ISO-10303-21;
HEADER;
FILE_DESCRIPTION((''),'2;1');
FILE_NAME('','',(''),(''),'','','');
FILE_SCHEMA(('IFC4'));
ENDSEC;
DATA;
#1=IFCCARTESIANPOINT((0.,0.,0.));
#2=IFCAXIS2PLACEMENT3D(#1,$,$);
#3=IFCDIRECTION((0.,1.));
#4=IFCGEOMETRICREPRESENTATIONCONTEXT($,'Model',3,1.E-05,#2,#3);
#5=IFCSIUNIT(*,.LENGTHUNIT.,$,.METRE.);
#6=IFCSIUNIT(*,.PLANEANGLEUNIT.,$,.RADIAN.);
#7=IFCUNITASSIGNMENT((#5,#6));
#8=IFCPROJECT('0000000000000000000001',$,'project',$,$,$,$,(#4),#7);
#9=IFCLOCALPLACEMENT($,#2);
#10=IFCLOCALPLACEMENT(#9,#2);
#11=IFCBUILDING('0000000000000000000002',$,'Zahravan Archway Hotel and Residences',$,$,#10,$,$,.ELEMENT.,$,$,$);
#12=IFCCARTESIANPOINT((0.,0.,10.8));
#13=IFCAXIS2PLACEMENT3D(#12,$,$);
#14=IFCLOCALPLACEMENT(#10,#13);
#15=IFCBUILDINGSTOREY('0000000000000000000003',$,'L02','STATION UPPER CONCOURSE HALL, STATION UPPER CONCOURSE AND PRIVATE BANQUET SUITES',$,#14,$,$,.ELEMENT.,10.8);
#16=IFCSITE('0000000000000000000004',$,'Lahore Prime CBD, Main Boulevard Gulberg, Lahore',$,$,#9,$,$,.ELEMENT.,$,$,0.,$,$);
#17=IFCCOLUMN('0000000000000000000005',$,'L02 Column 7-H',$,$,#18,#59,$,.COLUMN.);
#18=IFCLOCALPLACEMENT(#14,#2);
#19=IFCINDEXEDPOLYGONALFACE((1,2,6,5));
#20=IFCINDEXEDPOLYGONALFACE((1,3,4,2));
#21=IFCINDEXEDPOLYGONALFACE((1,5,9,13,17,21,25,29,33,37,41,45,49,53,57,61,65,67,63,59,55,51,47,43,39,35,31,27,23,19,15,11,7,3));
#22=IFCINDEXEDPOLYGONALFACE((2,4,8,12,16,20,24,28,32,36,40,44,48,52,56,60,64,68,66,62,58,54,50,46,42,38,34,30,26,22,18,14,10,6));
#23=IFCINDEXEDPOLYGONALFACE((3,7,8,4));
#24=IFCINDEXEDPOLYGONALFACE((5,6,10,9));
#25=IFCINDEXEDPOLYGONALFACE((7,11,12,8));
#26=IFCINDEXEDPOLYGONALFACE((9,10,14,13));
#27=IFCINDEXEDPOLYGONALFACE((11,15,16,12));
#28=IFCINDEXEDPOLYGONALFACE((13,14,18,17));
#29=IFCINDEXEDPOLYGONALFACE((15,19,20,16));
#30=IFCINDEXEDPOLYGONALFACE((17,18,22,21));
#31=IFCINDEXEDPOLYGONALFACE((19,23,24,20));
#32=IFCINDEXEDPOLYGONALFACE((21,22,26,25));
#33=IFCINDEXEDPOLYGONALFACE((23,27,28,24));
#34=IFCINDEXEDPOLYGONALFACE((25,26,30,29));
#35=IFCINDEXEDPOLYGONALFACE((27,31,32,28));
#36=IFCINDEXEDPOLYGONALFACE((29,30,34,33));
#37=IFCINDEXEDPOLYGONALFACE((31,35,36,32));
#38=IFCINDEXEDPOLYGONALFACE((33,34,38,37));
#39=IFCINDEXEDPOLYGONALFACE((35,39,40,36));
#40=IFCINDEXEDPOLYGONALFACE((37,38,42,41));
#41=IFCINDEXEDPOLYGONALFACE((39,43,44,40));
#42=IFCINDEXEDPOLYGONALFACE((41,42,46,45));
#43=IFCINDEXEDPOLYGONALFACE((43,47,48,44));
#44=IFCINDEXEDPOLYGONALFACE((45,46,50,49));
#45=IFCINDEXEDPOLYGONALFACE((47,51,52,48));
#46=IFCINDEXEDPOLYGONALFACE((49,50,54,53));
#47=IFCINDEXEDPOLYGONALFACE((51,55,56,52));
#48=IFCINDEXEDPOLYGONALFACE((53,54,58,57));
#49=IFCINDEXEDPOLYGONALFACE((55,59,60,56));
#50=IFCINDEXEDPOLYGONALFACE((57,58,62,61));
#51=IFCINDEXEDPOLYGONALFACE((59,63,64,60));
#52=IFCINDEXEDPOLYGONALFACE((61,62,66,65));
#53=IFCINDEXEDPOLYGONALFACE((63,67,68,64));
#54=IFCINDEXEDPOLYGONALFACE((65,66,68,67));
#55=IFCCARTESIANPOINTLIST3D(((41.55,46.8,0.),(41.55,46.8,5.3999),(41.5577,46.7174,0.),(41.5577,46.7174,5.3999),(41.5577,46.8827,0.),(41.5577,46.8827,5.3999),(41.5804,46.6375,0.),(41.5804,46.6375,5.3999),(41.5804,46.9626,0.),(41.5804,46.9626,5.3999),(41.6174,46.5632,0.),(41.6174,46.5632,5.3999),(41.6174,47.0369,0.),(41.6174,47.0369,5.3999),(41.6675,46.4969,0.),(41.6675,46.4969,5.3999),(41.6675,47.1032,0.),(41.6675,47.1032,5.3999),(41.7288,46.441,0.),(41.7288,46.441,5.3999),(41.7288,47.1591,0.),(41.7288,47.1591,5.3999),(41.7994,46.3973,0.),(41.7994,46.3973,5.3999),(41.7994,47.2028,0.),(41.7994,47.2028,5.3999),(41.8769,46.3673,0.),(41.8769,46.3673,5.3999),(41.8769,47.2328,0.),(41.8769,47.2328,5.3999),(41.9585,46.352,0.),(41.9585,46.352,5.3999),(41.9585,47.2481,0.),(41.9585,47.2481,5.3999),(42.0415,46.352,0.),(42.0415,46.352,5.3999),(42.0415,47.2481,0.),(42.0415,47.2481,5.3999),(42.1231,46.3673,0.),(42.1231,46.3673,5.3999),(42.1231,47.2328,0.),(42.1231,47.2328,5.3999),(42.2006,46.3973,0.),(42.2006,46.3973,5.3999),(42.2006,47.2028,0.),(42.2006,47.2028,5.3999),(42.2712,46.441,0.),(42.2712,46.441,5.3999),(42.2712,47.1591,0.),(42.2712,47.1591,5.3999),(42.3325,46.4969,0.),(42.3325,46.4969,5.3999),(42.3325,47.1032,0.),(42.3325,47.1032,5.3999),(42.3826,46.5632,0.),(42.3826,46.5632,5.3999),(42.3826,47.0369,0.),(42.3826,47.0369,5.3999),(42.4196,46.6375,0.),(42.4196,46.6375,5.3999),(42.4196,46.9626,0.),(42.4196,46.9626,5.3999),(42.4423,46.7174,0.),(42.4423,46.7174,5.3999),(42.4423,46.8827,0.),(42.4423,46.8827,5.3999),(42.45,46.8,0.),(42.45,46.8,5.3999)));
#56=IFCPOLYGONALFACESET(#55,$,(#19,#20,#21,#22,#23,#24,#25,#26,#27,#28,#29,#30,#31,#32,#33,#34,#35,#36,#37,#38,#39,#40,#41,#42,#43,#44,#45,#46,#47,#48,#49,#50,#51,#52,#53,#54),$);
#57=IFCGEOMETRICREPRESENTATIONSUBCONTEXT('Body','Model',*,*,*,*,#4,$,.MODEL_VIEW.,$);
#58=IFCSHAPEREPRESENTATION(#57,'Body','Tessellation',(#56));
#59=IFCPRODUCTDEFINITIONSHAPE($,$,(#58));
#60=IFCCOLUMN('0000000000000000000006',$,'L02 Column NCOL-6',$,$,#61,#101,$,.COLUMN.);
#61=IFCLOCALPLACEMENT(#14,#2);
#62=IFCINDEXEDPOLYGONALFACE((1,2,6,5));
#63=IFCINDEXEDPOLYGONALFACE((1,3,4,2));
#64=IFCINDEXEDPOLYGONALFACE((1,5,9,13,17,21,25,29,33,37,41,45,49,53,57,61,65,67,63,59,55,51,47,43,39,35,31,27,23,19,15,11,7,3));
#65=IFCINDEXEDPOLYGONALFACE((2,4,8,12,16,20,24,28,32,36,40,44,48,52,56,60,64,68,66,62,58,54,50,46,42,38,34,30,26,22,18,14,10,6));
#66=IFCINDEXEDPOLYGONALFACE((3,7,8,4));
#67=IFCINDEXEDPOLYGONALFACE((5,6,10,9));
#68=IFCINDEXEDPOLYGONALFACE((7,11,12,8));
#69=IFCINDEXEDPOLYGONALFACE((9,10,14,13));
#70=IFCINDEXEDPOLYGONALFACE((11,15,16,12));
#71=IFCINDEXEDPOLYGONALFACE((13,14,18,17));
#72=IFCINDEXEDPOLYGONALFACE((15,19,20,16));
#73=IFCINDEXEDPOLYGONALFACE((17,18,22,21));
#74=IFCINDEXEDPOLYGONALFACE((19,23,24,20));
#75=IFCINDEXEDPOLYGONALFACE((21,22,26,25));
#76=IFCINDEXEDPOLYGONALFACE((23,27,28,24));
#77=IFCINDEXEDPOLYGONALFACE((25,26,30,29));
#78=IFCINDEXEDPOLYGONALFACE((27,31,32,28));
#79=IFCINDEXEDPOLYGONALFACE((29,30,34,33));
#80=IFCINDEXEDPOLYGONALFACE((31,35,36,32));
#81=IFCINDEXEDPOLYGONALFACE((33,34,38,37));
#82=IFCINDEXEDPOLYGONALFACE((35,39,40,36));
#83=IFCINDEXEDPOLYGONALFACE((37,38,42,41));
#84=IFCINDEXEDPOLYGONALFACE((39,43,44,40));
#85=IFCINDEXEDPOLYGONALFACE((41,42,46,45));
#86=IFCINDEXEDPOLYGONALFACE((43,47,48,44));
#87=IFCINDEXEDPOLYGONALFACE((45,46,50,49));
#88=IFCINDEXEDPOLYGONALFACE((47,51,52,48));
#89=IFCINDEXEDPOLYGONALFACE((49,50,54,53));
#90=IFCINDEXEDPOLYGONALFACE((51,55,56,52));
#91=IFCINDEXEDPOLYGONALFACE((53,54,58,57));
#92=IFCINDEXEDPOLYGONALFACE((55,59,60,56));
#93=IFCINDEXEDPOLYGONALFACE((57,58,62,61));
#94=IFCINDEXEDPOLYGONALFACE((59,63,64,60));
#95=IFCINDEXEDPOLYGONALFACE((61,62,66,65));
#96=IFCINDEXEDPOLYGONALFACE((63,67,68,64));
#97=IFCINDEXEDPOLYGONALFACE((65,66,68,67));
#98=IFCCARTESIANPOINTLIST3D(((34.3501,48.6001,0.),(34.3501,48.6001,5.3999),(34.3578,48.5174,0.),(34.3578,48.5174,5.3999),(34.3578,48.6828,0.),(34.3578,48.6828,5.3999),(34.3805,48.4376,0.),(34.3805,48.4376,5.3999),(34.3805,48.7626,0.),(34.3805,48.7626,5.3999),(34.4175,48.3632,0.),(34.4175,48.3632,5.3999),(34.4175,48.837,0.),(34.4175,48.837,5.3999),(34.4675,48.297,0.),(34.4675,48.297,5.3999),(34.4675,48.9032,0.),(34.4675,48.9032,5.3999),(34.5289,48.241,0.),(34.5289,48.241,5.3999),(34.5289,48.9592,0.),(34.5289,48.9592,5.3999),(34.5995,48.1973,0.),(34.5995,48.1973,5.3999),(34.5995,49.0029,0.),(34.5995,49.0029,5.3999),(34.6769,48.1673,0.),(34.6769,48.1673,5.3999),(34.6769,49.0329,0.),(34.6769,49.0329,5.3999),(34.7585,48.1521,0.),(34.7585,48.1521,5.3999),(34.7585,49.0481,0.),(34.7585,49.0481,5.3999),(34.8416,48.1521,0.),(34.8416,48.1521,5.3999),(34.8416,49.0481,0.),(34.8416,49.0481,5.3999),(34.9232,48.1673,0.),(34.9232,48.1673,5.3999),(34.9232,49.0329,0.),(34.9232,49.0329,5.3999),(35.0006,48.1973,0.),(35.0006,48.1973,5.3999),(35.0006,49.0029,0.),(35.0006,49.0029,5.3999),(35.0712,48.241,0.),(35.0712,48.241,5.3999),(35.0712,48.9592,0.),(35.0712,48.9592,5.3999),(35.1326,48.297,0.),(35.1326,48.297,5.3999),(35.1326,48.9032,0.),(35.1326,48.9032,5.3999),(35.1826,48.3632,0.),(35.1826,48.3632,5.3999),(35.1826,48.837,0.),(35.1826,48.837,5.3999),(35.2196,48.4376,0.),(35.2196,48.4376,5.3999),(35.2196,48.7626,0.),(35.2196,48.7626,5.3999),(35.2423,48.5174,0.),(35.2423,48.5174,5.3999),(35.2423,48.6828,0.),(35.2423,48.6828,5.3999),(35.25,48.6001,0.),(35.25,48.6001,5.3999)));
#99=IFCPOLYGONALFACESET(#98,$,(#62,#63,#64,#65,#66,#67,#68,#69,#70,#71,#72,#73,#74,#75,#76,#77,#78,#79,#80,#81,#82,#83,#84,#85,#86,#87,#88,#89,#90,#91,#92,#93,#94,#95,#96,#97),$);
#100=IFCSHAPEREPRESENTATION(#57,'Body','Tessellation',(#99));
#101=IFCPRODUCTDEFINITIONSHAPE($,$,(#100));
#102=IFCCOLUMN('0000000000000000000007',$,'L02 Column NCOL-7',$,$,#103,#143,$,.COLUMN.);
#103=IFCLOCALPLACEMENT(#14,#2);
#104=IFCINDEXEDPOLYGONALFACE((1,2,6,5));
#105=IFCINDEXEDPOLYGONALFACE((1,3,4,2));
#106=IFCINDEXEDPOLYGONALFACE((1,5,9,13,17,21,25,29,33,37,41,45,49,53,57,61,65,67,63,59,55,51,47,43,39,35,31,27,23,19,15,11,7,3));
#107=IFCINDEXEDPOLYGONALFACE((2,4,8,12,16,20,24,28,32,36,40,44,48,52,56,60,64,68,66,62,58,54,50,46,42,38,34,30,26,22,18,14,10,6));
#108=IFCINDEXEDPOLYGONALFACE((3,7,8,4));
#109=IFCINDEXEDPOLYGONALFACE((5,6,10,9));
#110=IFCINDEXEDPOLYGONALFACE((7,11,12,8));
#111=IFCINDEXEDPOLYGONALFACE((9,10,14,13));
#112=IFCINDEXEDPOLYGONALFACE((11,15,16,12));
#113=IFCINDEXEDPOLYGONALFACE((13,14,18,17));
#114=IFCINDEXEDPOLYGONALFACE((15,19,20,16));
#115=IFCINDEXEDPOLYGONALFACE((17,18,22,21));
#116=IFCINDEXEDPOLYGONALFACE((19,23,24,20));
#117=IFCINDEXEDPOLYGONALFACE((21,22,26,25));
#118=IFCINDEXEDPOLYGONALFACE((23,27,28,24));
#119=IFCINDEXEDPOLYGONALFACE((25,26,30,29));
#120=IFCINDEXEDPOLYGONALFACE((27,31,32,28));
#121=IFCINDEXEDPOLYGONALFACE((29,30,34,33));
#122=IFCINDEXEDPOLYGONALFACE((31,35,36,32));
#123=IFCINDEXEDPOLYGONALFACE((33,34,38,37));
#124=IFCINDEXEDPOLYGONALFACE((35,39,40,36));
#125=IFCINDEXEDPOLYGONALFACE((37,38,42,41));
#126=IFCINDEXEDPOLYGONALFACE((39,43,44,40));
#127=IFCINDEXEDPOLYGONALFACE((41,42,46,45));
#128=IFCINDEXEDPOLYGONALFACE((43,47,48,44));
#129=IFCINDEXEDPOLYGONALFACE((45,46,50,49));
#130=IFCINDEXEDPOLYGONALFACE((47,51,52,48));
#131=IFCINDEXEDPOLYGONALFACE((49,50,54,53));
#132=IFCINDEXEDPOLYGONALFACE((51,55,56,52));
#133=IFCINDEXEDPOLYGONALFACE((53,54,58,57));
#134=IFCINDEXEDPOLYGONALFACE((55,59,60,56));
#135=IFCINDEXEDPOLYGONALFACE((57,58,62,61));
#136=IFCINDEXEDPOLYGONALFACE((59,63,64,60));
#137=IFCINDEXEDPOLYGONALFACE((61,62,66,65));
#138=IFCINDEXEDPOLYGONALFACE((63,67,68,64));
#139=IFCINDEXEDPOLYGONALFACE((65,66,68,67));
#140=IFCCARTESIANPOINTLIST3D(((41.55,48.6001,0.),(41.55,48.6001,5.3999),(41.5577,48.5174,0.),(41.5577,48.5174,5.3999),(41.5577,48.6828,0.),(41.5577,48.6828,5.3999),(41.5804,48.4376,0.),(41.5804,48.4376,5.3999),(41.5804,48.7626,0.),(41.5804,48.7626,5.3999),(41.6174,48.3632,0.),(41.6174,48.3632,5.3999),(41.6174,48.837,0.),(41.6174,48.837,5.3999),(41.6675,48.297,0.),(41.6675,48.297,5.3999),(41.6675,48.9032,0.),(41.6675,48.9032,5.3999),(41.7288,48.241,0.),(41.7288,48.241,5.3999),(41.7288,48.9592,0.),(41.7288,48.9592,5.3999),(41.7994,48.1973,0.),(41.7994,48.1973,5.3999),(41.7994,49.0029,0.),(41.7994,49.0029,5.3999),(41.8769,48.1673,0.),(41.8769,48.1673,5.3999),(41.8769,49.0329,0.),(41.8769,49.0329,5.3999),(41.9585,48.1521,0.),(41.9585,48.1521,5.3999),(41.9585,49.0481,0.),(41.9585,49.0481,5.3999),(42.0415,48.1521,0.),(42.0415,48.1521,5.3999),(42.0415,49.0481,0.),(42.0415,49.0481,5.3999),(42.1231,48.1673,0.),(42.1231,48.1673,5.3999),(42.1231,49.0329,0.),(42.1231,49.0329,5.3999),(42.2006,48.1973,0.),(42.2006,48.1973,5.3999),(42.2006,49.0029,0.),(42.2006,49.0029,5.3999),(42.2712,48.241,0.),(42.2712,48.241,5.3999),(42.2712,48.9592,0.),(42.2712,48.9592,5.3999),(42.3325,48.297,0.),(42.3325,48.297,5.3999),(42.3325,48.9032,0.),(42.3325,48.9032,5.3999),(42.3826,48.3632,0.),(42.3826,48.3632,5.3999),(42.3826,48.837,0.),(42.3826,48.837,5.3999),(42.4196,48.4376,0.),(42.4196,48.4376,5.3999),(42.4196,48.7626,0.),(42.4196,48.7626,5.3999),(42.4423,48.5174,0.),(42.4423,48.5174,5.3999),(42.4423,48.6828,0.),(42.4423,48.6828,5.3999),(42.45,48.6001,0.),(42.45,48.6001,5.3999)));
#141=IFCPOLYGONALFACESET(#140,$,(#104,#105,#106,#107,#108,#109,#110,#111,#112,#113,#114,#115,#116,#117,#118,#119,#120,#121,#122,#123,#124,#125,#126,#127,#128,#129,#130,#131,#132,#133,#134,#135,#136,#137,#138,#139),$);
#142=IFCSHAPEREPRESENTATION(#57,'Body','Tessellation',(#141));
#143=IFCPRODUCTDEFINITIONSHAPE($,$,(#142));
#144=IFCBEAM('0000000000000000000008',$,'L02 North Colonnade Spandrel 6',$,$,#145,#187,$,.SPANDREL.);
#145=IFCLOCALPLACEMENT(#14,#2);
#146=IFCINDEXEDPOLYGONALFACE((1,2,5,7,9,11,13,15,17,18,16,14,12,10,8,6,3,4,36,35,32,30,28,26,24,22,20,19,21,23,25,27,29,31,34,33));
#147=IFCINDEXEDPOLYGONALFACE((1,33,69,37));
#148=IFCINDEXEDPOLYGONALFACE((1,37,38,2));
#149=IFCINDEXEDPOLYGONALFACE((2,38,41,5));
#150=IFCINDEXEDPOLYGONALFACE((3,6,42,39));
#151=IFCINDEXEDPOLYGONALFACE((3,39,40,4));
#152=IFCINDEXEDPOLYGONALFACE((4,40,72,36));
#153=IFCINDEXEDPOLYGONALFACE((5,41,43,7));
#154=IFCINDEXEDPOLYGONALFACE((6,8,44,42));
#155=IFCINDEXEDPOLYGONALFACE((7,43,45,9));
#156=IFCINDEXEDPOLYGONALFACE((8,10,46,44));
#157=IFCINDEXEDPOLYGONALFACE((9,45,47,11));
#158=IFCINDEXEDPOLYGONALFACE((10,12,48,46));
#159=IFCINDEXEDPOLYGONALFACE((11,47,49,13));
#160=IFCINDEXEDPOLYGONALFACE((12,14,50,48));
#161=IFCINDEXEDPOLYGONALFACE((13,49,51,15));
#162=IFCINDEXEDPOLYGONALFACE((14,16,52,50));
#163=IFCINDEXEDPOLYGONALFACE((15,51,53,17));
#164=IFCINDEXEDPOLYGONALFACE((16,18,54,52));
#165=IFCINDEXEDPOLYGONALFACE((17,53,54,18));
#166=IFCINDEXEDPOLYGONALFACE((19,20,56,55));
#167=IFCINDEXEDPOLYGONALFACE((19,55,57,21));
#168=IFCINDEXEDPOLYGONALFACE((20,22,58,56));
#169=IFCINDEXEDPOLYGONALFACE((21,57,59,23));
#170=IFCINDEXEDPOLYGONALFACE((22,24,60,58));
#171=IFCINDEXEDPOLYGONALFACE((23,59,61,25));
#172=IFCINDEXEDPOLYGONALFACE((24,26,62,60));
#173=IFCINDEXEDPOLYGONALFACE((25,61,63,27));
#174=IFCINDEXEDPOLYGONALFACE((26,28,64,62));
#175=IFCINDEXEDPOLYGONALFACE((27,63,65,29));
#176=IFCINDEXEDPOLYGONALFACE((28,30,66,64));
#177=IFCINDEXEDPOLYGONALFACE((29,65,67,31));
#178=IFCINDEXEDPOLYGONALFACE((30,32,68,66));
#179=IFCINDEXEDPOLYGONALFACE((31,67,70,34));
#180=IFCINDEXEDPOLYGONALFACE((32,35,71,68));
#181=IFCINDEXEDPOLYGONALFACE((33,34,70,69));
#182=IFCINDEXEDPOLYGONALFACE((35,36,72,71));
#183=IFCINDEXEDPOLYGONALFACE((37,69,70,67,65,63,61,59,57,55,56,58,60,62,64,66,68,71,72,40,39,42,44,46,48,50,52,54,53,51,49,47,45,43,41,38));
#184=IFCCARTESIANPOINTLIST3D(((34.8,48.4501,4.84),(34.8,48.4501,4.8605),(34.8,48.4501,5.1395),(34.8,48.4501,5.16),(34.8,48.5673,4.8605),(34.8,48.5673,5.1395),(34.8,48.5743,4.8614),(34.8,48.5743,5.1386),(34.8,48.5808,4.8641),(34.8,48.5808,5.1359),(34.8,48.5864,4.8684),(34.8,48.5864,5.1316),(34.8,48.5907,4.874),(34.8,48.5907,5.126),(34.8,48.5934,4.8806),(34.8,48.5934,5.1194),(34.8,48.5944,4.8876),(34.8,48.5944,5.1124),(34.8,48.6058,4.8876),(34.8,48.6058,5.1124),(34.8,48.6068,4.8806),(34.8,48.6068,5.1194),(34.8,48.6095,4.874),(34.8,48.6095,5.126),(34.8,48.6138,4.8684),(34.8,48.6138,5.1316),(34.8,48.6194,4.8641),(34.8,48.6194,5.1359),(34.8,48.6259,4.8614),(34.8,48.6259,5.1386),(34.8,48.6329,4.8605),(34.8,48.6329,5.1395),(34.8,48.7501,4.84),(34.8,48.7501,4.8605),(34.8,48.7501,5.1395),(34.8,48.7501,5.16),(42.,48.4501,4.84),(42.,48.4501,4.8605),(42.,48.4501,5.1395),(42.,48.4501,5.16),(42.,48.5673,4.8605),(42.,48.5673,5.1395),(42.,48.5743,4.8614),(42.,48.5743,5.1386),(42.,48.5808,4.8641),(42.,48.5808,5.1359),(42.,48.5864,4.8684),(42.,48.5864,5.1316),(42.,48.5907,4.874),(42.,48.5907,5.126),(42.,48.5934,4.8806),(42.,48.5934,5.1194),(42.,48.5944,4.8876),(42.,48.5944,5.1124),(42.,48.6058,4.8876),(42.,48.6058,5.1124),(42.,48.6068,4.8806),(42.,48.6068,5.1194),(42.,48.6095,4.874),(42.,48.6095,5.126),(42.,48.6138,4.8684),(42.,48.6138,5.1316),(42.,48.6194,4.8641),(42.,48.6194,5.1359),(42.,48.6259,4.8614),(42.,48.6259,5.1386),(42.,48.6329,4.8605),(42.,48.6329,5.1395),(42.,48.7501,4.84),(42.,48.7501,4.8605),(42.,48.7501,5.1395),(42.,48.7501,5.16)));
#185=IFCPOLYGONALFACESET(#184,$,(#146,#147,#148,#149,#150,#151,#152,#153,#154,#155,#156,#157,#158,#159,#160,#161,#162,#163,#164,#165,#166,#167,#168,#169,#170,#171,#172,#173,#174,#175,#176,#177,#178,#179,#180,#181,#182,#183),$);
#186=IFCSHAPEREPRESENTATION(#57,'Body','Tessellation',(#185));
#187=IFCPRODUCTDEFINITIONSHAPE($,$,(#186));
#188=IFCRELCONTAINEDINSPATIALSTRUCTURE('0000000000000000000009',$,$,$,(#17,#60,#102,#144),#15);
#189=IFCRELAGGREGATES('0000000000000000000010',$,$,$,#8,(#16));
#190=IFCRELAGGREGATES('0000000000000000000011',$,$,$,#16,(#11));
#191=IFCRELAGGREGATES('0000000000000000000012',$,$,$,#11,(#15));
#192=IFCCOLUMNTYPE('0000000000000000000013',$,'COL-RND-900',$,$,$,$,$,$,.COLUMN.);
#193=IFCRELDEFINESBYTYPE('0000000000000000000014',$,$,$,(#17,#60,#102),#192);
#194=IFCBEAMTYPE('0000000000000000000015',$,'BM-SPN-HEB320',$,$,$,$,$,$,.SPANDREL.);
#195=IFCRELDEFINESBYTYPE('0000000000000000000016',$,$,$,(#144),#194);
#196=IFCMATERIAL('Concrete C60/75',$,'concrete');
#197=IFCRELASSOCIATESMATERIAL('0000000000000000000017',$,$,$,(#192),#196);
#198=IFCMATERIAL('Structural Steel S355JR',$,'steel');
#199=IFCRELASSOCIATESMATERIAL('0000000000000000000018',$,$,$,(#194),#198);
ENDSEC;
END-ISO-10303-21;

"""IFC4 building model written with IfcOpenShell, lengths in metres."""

from ifc_helpers import new_model, si_unit, direction, frame, origin, origin_2d, place, context, subcontext, project, spatial, circle, i_section, extrude, source, transform, mapped, material, material_profile, profile_set, type_object, type_shapes, element, save


model = new_model("IFC4")

# Units and contexts
model_context = context("Model", 3, precision=1e-05, world=origin(), true_north=direction((0.0, 1.0)))
body_context = subcontext(model_context, "Body", "Model", "MODEL_VIEW")
ifc_project = project(units=[si_unit("LENGTHUNIT", "METRE"), si_unit("PLANEANGLEUNIT", "RADIAN")], contexts=[model_context])

# Site, building, storey
site_placement = place(None, origin())
site = spatial("IfcSite", under=ifc_project, at=site_placement, Name="Lahore Prime CBD, Main Boulevard Gulberg, Lahore", CompositionType="ELEMENT", RefElevation=0.0)
building_placement = place(site_placement, origin())
building = spatial("IfcBuilding", under=site, at=building_placement, Name="Zahravan Archway Hotel and Residences", CompositionType="ELEMENT")
storey_placement = place(building_placement, frame((0.0, 0.0, 10.8)))
storey = spatial("IfcBuildingStorey", under=building, at=storey_placement, Name="L02", Description="STATION UPPER CONCOURSE HALL, STATION UPPER CONCOURSE AND PRIVATE BANQUET SUITES", CompositionType="ELEMENT", Elevation=10.8)

# Columns
ifc_material_1 = material(Name="Concrete C60/75", Category="concrete")
ifc_material_profile_1 = material_profile(ifc_material_1, circle(Radius=0.45, at=origin_2d()), Name="RC-CIRC-900", Category="concrete")
ifc_profile_set_1 = profile_set([ifc_material_profile_1], Name="Concrete C60/75")
column_type = type_object("IfcColumnType", Name="COL-RND-900", PredefinedType="COLUMN", material=ifc_profile_set_1)
shared_shape_1 = source(origin(), body_context, "Body", "SweptSolid", [
    extrude(circle(Radius=0.45, at=origin_2d()), origin(), (0.0, 0.0, 1.0), 5.3999),
])
type_shapes(column_type, [shared_shape_1])
for number, where, z_axis, x_axis, name in (
    (1, (42.0, 46.8, 0.0), (0.0, 0.0, 1.0), (1.0, 0.0, 0.0), "L02 Column 7-H"),
    (2, (34.8, 48.6001, 0.0), (0.0, 0.0, 1.0), (1.0, 0.0, 0.0), "L02 Column NCOL-6"),
    (3, (42.0, 48.6001, 0.0), (0.0, 0.0, 1.0), (1.0, 0.0, 0.0), "L02 Column NCOL-7"),
):
    element("IfcColumn", number, at=place(storey_placement, frame(where, z_axis=z_axis, x_axis=x_axis)), inside=storey, type_object=column_type, Name=name, PredefinedType="COLUMN", context=body_context, shape_type="MappedRepresentation", body=[
        mapped(shared_shape_1, transform((0.0, 0.0, 0.0), scale=1.0)),
    ])

# Beam
ifc_material_2 = material(Name="Structural Steel S355JR", Category="steel")
ifc_material_profile_2 = material_profile(ifc_material_2, i_section(OverallWidth=0.3, OverallDepth=0.3201, WebThickness=0.0115, FlangeThickness=0.0205, FilletRadius=0.0271, at=origin_2d()), Name="HEB 320", Category="steel")
ifc_profile_set_2 = profile_set([ifc_material_profile_2], Name="Structural Steel S355JR")
beam_type_1 = type_object("IfcBeamType", Name="BM-SPN-HEB320", PredefinedType="SPANDREL", material=ifc_profile_set_2)
shared_shape_2 = source(origin(), body_context, "Body", "SweptSolid", [
    extrude(i_section(OverallWidth=0.3, OverallDepth=0.3201, WebThickness=0.0115, FlangeThickness=0.0205, FilletRadius=0.0271, at=origin_2d()), origin(), (0.0, 0.0, 1.0), 7.2),
])
type_shapes(beam_type_1, [shared_shape_2])
beam_1_placement = place(storey_placement, frame((34.8, 48.6001, 5.0), z_axis=(1.0, 0.0, 0.0), x_axis=(0.0, 1.0, 0.0)))
element("IfcBeam", 4, at=beam_1_placement, inside=storey, type_object=beam_type_1, Name="L02 North Colonnade Spandrel 6", PredefinedType="SPANDREL", context=body_context, shape_type="MappedRepresentation", body=[
    mapped(shared_shape_2, transform((0.0, 0.0, 0.0), scale=1.0)),
])

save(model, "model.ifc")
